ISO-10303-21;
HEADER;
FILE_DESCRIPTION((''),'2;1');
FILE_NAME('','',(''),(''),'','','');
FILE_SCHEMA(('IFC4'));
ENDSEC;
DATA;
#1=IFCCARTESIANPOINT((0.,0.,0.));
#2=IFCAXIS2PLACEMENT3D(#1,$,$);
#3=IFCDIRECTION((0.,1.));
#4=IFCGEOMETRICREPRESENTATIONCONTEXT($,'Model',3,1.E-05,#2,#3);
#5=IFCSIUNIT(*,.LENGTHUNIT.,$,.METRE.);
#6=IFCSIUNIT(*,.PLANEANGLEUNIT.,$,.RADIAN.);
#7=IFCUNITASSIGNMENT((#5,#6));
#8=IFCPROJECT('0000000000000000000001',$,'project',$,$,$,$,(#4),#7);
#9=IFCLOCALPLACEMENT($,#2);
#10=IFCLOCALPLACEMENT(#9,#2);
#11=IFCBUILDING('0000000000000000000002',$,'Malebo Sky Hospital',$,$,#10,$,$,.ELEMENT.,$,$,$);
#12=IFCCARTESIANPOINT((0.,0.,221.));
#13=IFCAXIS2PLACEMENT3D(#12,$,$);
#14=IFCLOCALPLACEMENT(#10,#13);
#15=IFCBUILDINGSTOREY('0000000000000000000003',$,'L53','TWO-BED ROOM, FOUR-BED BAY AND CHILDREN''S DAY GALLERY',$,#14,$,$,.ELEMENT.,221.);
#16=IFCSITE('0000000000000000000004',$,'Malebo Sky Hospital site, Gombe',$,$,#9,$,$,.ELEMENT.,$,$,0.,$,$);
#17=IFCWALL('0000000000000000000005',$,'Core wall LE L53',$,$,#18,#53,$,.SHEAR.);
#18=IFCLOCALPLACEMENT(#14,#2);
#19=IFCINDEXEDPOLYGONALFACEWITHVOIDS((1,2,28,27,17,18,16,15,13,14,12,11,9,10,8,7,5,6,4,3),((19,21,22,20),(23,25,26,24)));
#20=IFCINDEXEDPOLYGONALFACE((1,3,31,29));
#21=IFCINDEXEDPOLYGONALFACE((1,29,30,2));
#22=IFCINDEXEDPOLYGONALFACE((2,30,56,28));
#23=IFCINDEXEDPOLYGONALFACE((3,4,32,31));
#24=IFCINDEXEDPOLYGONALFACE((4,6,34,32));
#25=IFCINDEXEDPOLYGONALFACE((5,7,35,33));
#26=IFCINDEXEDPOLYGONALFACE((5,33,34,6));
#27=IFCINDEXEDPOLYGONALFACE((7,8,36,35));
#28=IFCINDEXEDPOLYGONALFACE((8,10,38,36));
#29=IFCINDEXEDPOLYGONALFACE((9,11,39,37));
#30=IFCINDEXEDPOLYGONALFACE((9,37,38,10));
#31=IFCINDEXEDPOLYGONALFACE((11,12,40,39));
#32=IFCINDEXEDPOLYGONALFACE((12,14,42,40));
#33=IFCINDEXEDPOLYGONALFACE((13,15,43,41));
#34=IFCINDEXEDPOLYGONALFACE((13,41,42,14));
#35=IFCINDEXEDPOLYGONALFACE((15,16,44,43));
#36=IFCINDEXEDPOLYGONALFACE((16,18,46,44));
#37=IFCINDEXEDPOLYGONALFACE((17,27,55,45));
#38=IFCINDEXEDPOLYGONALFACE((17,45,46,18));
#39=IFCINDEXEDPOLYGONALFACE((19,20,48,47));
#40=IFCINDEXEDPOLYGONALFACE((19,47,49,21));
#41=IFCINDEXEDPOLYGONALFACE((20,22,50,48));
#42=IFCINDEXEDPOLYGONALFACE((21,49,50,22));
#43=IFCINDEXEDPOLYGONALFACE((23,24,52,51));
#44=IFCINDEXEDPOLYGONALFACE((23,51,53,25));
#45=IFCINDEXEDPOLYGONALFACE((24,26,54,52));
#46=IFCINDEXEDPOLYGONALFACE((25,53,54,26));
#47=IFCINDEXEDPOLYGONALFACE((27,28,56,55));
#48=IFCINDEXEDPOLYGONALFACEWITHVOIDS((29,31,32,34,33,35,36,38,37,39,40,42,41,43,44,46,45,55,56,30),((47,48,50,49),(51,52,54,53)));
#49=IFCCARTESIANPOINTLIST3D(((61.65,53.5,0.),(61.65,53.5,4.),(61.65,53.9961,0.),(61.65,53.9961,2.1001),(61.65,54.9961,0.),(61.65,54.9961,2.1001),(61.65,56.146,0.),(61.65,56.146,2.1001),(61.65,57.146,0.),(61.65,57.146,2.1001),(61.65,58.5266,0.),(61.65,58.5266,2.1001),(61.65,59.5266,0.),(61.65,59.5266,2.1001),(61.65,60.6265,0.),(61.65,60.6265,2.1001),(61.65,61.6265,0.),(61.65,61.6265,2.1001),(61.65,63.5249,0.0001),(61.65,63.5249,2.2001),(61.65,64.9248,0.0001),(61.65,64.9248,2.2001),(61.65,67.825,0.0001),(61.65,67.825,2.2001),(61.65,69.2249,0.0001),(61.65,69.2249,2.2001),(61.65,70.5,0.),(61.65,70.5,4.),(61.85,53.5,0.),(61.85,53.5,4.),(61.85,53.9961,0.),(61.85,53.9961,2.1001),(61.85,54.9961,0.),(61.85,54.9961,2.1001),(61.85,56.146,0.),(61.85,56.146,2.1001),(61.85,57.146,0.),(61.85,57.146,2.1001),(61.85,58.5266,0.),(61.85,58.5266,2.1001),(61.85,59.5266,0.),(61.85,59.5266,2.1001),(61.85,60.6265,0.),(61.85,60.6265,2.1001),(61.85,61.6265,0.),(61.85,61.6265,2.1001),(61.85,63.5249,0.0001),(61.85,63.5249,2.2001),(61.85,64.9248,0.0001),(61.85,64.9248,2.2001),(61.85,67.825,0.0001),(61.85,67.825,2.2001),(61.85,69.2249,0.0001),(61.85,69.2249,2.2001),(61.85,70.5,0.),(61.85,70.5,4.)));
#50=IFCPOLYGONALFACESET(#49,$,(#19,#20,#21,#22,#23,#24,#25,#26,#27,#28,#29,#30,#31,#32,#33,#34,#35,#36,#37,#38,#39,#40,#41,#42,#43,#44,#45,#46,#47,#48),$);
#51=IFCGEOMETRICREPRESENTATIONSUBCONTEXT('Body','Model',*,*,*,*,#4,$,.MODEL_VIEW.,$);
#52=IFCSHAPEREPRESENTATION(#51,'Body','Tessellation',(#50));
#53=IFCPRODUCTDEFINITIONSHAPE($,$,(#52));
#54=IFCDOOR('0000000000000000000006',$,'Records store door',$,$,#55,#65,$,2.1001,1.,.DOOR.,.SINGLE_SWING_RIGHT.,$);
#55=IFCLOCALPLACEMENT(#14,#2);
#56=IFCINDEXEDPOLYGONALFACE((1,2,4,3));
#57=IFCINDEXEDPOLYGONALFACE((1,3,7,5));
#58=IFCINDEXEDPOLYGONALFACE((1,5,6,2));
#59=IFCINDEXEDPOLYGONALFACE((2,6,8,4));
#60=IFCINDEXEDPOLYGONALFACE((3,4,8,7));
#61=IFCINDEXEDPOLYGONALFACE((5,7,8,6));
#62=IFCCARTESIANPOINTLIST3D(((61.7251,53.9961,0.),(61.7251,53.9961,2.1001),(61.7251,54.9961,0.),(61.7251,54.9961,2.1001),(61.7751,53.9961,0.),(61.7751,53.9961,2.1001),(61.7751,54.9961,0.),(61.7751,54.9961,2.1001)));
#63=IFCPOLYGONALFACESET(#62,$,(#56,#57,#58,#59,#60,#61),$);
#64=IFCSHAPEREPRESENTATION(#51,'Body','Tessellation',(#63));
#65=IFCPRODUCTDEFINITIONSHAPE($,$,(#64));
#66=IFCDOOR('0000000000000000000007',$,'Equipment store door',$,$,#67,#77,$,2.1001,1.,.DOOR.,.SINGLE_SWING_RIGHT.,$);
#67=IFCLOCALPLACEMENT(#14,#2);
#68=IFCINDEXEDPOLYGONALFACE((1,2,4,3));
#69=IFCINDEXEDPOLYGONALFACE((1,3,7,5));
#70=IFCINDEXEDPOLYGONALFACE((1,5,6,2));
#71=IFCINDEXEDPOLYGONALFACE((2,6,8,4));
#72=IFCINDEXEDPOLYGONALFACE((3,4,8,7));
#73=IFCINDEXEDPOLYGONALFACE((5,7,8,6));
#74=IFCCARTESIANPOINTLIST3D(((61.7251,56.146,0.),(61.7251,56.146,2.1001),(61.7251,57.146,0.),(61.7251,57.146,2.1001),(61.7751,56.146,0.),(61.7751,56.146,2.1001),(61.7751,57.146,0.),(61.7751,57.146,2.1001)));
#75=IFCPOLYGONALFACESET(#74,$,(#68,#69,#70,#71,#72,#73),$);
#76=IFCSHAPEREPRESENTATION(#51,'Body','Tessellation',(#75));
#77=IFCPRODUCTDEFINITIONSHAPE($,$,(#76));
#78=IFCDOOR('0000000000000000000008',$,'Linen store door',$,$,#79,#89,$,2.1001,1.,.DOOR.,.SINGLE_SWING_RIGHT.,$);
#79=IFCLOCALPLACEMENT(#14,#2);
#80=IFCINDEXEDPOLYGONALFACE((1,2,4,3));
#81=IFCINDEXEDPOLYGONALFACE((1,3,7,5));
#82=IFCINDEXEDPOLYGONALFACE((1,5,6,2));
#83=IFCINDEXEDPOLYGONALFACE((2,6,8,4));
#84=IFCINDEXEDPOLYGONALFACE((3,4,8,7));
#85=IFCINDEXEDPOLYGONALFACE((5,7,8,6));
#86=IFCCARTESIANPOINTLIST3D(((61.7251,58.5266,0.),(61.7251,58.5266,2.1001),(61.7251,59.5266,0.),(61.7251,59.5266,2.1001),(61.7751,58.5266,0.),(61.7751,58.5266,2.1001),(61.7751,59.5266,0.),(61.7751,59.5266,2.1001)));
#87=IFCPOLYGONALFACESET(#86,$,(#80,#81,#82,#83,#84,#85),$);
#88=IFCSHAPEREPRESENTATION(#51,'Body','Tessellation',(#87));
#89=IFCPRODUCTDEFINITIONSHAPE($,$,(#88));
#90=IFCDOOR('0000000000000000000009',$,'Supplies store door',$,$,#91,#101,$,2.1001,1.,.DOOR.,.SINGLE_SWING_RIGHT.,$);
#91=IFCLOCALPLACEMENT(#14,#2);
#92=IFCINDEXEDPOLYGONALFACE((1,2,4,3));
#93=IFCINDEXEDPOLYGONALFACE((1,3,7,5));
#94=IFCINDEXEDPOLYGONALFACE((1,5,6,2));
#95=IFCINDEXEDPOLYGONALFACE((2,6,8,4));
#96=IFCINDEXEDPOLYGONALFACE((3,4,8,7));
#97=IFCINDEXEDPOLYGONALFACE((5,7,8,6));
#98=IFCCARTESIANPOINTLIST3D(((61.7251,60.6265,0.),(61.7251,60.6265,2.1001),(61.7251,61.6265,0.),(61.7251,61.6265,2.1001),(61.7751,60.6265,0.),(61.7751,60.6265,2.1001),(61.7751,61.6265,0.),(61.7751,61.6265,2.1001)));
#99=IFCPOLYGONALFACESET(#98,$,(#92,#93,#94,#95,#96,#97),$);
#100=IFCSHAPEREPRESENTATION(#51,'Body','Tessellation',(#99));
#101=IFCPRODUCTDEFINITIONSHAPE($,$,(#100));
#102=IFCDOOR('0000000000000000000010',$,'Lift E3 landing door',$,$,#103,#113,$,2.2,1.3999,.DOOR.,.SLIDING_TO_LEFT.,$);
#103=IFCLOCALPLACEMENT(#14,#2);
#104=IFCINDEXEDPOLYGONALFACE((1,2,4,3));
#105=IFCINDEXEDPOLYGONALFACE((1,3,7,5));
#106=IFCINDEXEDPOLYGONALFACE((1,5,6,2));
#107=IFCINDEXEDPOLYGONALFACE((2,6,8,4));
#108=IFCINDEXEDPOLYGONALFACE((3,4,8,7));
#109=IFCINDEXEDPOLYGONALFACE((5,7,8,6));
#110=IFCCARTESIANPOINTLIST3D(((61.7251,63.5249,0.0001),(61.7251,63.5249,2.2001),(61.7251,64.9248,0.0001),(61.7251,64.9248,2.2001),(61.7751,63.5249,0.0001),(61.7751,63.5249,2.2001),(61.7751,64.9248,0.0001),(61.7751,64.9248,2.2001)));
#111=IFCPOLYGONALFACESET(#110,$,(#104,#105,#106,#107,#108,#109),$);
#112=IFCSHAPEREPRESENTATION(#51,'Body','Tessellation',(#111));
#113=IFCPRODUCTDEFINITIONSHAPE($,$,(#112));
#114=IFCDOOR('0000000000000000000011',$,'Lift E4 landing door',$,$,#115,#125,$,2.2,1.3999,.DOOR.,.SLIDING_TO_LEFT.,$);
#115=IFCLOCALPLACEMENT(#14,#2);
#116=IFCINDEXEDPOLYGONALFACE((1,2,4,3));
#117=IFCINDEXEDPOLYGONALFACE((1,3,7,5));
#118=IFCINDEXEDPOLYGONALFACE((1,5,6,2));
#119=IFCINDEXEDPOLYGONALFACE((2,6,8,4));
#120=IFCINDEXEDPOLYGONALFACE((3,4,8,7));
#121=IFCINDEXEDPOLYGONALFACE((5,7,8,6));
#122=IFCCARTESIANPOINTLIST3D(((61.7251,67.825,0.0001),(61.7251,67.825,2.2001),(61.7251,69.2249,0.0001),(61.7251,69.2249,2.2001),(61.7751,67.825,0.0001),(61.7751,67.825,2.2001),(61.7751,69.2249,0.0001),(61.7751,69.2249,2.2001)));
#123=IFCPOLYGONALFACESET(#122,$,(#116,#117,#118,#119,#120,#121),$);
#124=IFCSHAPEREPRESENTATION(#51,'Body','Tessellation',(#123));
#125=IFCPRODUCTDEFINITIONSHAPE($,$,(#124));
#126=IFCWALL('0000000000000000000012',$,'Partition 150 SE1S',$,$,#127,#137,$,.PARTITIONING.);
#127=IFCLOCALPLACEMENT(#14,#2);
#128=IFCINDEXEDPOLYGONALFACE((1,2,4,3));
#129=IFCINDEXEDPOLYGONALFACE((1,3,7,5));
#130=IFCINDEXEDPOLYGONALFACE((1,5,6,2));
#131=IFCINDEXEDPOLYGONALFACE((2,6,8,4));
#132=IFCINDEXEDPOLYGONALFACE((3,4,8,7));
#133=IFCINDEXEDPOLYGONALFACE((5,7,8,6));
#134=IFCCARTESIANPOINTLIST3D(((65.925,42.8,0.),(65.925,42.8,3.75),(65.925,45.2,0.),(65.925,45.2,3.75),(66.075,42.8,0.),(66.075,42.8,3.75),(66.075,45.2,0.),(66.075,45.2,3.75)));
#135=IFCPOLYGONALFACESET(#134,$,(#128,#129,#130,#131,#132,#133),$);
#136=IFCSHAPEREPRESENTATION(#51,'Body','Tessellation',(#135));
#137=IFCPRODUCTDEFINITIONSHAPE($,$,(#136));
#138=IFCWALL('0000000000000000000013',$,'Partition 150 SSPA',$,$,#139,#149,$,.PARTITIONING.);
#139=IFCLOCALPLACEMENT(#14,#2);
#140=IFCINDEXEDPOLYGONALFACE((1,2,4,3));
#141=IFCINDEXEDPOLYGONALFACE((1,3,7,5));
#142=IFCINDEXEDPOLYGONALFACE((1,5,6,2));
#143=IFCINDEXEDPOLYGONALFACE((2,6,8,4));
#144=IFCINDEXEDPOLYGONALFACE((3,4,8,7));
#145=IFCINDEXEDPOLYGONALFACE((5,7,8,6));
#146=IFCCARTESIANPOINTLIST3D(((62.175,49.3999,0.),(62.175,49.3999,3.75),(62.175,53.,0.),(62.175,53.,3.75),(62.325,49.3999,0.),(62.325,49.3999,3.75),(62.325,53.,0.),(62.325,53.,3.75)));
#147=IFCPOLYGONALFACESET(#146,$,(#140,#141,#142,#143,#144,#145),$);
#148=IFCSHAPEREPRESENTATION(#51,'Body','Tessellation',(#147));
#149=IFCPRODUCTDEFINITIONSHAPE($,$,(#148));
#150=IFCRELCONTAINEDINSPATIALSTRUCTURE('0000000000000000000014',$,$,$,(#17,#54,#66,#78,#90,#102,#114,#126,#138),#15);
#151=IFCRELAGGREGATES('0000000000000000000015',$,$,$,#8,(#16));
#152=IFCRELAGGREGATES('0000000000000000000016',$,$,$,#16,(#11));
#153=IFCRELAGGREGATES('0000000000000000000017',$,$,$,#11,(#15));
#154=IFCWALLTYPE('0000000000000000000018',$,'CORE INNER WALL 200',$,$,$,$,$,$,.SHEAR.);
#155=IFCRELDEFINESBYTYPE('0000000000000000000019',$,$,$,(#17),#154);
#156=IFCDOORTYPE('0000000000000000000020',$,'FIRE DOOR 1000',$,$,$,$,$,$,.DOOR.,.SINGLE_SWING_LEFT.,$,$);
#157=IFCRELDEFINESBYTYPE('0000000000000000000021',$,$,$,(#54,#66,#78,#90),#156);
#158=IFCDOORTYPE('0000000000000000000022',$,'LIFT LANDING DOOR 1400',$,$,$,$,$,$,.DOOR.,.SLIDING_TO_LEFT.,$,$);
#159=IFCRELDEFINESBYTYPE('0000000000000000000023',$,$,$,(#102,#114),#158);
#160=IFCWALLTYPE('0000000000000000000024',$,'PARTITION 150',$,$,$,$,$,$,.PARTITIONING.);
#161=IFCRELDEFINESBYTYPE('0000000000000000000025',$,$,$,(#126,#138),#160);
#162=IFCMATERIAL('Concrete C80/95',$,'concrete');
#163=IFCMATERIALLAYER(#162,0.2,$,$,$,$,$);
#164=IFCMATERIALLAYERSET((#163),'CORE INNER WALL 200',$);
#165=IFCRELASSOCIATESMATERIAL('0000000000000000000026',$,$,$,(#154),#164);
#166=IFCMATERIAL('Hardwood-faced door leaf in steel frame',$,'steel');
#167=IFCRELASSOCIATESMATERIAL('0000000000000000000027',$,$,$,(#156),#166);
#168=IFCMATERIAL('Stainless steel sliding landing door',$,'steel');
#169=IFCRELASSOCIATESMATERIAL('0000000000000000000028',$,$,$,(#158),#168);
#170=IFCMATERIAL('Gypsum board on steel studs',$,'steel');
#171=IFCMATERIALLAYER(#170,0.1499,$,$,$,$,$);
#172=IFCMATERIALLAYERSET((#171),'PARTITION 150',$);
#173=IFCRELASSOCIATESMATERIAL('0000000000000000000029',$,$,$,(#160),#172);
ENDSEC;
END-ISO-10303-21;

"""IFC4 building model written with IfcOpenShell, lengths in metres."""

from ifc_helpers import new_model, si_unit, direction, frame, frame_2d, origin, place, context, subcontext, project, spatial, rectangle, extrude, material, layer, layer_set, type_object, element, fill, save


model = new_model("IFC4")

# Units and contexts
model_context = context("Model", 3, precision=1e-05, world=origin(), true_north=direction((0.0, 1.0)))
body_context = subcontext(model_context, "Body", "Model", "MODEL_VIEW")
ifc_project = project(units=[si_unit("LENGTHUNIT", "METRE"), si_unit("PLANEANGLEUNIT", "RADIAN")], contexts=[model_context])

# Site, building, storey
site_placement = place(None, origin())
site = spatial("IfcSite", under=ifc_project, at=site_placement, Name="Malebo Sky Hospital site, Gombe", CompositionType="ELEMENT", RefElevation=0.0)
building_placement = place(site_placement, origin())
building = spatial("IfcBuilding", under=site, at=building_placement, Name="Malebo Sky Hospital", CompositionType="ELEMENT")
storey_placement = place(building_placement, frame((0.0, 0.0, 221.0)))
storey = spatial("IfcBuildingStorey", under=building, at=storey_placement, Name="L53", Description="TWO-BED ROOM, FOUR-BED BAY AND CHILDREN'S DAY GALLERY", CompositionType="ELEMENT", Elevation=221.0)

# Wall, openings, doors
ifc_material_1 = material(Name="Concrete C80/95", Category="concrete")
ifc_layer_1 = layer(ifc_material_1, 0.2)
ifc_layer_set_1 = layer_set([ifc_layer_1], Name="CORE INNER WALL 200")
wall_type_1 = type_object("IfcWallType", Name="CORE INNER WALL 200", PredefinedType="SHEAR", material=ifc_layer_set_1)
ifc_material_2 = material(Name="Hardwood-faced door leaf in steel frame", Category="steel")
door_type_1 = type_object("IfcDoorType", Name="FIRE DOOR 1000", OperationType="SINGLE_SWING_LEFT", PredefinedType="DOOR", material=ifc_material_2)
ifc_material_3 = material(Name="Stainless steel sliding landing door", Category="steel")
door_type_2 = type_object("IfcDoorType", Name="LIFT LANDING DOOR 1400", OperationType="SLIDING_TO_LEFT", PredefinedType="DOOR", material=ifc_material_3)
wall_1_placement = place(storey_placement, frame((61.75, 53.5, 0.0), z_axis=(0.0, 0.0, 1.0), x_axis=(0.0, 1.0, 0.0)))
wall_1 = element("IfcWall", 1, at=wall_1_placement, inside=storey, type_object=wall_type_1, Name="Core wall LE L53", PredefinedType="SHEAR", context=body_context, shape_type="SweptSolid", body=[
    extrude(rectangle(XDim=17.0, YDim=0.2, at=frame_2d((8.5, 0.0))), origin(), (0.0, 0.0, 1.0), 4.0),
])
opening_1_placement = place(wall_1_placement, frame((0.4961, 0.0, 0.0)))
opening_1 = element("IfcOpeningElement", 2, at=opening_1_placement, cuts=wall_1, PredefinedType="OPENING", context=body_context, shape_type="SweptSolid", body=[
    extrude(rectangle(XDim=1.0, YDim=2.1001, at=frame_2d((0.5, 1.05))), frame((0.0, 0.1099, 0.0), z_axis=(0.0, -1.0, 0.0), x_axis=(1.0, 0.0, 0.0)), (0.0, 0.0, 1.0), 0.22),
])
opening_2_placement = place(wall_1_placement, frame((2.646, 0.0, 0.0)))
opening_2 = element("IfcOpeningElement", 3, at=opening_2_placement, cuts=wall_1, PredefinedType="OPENING", context=body_context, shape_type="SweptSolid", body=[
    extrude(rectangle(XDim=1.0, YDim=2.1001, at=frame_2d((0.5, 1.05))), frame((0.0, 0.1099, 0.0), z_axis=(0.0, -1.0, 0.0), x_axis=(1.0, 0.0, 0.0)), (0.0, 0.0, 1.0), 0.22),
])
opening_3_placement = place(wall_1_placement, frame((5.0266, 0.0, 0.0)))
opening_3 = element("IfcOpeningElement", 4, at=opening_3_placement, cuts=wall_1, PredefinedType="OPENING", context=body_context, shape_type="SweptSolid", body=[
    extrude(rectangle(XDim=1.0, YDim=2.1001, at=frame_2d((0.5, 1.05))), frame((0.0, 0.1099, 0.0), z_axis=(0.0, -1.0, 0.0), x_axis=(1.0, 0.0, 0.0)), (0.0, 0.0, 1.0), 0.22),
])
opening_4_placement = place(wall_1_placement, frame((7.1265, 0.0, 0.0)))
opening_4 = element("IfcOpeningElement", 5, at=opening_4_placement, cuts=wall_1, PredefinedType="OPENING", context=body_context, shape_type="SweptSolid", body=[
    extrude(rectangle(XDim=1.0, YDim=2.1001, at=frame_2d((0.5, 1.05))), frame((0.0, 0.1099, 0.0), z_axis=(0.0, -1.0, 0.0), x_axis=(1.0, 0.0, 0.0)), (0.0, 0.0, 1.0), 0.22),
])
opening_5_placement = place(wall_1_placement, frame((10.0249, 0.0, 0.0)))
opening_5 = element("IfcOpeningElement", 6, at=opening_5_placement, cuts=wall_1, PredefinedType="OPENING", context=body_context, shape_type="SweptSolid", body=[
    extrude(rectangle(XDim=1.3999, YDim=2.2, at=frame_2d((0.7, 1.1001))), frame((0.0, 0.1099, 0.0), z_axis=(0.0, -1.0, 0.0), x_axis=(1.0, 0.0, 0.0)), (0.0, 0.0, 1.0), 0.22),
])
opening_6_placement = place(wall_1_placement, frame((14.325, 0.0, 0.0)))
opening_6 = element("IfcOpeningElement", 7, at=opening_6_placement, cuts=wall_1, PredefinedType="OPENING", context=body_context, shape_type="SweptSolid", body=[
    extrude(rectangle(XDim=1.3999, YDim=2.2, at=frame_2d((0.7, 1.1001))), frame((0.0, 0.1099, 0.0), z_axis=(0.0, -1.0, 0.0), x_axis=(1.0, 0.0, 0.0)), (0.0, 0.0, 1.0), 0.22),
])
door_1_placement = place(opening_1_placement, origin())
door_1 = element("IfcDoor", 8, at=door_1_placement, inside=storey, type_object=door_type_1, Name="Records store door", OperationType="SINGLE_SWING_RIGHT", OverallHeight=2.1001, OverallWidth=1.0, PredefinedType="DOOR", context=body_context, shape_type="SweptSolid", body=[
    extrude(rectangle(XDim=1.0, YDim=2.1001, at=frame_2d((0.5, 1.05))), frame((0.0, 0.0249, 0.0), z_axis=(0.0, -1.0, 0.0), x_axis=(1.0, 0.0, 0.0)), (0.0, 0.0, 1.0), 0.05),
])
fill(opening_1, door_1)
door_2_placement = place(opening_2_placement, origin())
door_2 = element("IfcDoor", 9, at=door_2_placement, inside=storey, type_object=door_type_1, Name="Equipment store door", OperationType="SINGLE_SWING_RIGHT", OverallHeight=2.1001, OverallWidth=1.0, PredefinedType="DOOR", context=body_context, shape_type="SweptSolid", body=[
    extrude(rectangle(XDim=1.0, YDim=2.1001, at=frame_2d((0.5, 1.05))), frame((0.0, 0.0249, 0.0), z_axis=(0.0, -1.0, 0.0), x_axis=(1.0, 0.0, 0.0)), (0.0, 0.0, 1.0), 0.05),
])
fill(opening_2, door_2)
door_3_placement = place(opening_3_placement, origin())
door_3 = element("IfcDoor", 10, at=door_3_placement, inside=storey, type_object=door_type_1, Name="Linen store door", OperationType="SINGLE_SWING_RIGHT", OverallHeight=2.1001, OverallWidth=1.0, PredefinedType="DOOR", context=body_context, shape_type="SweptSolid", body=[
    extrude(rectangle(XDim=1.0, YDim=2.1001, at=frame_2d((0.5, 1.05))), frame((0.0, 0.0249, 0.0), z_axis=(0.0, -1.0, 0.0), x_axis=(1.0, 0.0, 0.0)), (0.0, 0.0, 1.0), 0.05),
])
fill(opening_3, door_3)
door_4_placement = place(opening_4_placement, origin())
door_4 = element("IfcDoor", 11, at=door_4_placement, inside=storey, type_object=door_type_1, Name="Supplies store door", OperationType="SINGLE_SWING_RIGHT", OverallHeight=2.1001, OverallWidth=1.0, PredefinedType="DOOR", context=body_context, shape_type="SweptSolid", body=[
    extrude(rectangle(XDim=1.0, YDim=2.1001, at=frame_2d((0.5, 1.05))), frame((0.0, 0.0249, 0.0), z_axis=(0.0, -1.0, 0.0), x_axis=(1.0, 0.0, 0.0)), (0.0, 0.0, 1.0), 0.05),
])
fill(opening_4, door_4)
door_5_placement = place(opening_5_placement, origin())
door_5 = element("IfcDoor", 12, at=door_5_placement, inside=storey, type_object=door_type_2, Name="Lift E3 landing door", OperationType="SLIDING_TO_LEFT", OverallHeight=2.2, OverallWidth=1.3999, PredefinedType="DOOR", context=body_context, shape_type="SweptSolid", body=[
    extrude(rectangle(XDim=1.3999, YDim=2.2, at=frame_2d((0.7, 1.1001))), frame((0.0, 0.0249, 0.0), z_axis=(0.0, -1.0, 0.0), x_axis=(1.0, 0.0, 0.0)), (0.0, 0.0, 1.0), 0.05),
])
fill(opening_5, door_5)
door_6_placement = place(opening_6_placement, origin())
door_6 = element("IfcDoor", 13, at=door_6_placement, inside=storey, type_object=door_type_2, Name="Lift E4 landing door", OperationType="SLIDING_TO_LEFT", OverallHeight=2.2, OverallWidth=1.3999, PredefinedType="DOOR", context=body_context, shape_type="SweptSolid", body=[
    extrude(rectangle(XDim=1.3999, YDim=2.2, at=frame_2d((0.7, 1.1001))), frame((0.0, 0.0249, 0.0), z_axis=(0.0, -1.0, 0.0), x_axis=(1.0, 0.0, 0.0)), (0.0, 0.0, 1.0), 0.05),
])
fill(opening_6, door_6)

# Walls
ifc_material_4 = material(Name="Gypsum board on steel studs", Category="steel")
ifc_layer_2 = layer(ifc_material_4, 0.1499)
ifc_layer_set_2 = layer_set([ifc_layer_2], Name="PARTITION 150")
wall_type_2 = type_object("IfcWallType", Name="PARTITION 150", PredefinedType="PARTITIONING", material=ifc_layer_set_2)
wall_2_placement = place(storey_placement, frame((66.0, 45.2, 0.0), z_axis=(0.0, 0.0, 1.0), x_axis=(0.0, -1.0, 0.0)))
element("IfcWall", 14, at=wall_2_placement, inside=storey, type_object=wall_type_2, Name="Partition 150 SE1S", PredefinedType="PARTITIONING", context=body_context, shape_type="SweptSolid", body=[
    extrude(rectangle(XDim=2.3999, YDim=0.1499, at=frame_2d((1.2, 0.0))), origin(), (0.0, 0.0, 1.0), 3.75),
])
wall_3_placement = place(storey_placement, frame((62.25, 53.0, 0.0), z_axis=(0.0, 0.0, 1.0), x_axis=(0.0, -1.0, 0.0)))
element("IfcWall", 15, at=wall_3_placement, inside=storey, type_object=wall_type_2, Name="Partition 150 SSPA", PredefinedType="PARTITIONING", context=body_context, shape_type="SweptSolid", body=[
    extrude(rectangle(XDim=3.6001, YDim=0.1499, at=frame_2d((1.8, 0.0))), origin(), (0.0, 0.0, 1.0), 3.75),
])

save(model, "model.ifc")
